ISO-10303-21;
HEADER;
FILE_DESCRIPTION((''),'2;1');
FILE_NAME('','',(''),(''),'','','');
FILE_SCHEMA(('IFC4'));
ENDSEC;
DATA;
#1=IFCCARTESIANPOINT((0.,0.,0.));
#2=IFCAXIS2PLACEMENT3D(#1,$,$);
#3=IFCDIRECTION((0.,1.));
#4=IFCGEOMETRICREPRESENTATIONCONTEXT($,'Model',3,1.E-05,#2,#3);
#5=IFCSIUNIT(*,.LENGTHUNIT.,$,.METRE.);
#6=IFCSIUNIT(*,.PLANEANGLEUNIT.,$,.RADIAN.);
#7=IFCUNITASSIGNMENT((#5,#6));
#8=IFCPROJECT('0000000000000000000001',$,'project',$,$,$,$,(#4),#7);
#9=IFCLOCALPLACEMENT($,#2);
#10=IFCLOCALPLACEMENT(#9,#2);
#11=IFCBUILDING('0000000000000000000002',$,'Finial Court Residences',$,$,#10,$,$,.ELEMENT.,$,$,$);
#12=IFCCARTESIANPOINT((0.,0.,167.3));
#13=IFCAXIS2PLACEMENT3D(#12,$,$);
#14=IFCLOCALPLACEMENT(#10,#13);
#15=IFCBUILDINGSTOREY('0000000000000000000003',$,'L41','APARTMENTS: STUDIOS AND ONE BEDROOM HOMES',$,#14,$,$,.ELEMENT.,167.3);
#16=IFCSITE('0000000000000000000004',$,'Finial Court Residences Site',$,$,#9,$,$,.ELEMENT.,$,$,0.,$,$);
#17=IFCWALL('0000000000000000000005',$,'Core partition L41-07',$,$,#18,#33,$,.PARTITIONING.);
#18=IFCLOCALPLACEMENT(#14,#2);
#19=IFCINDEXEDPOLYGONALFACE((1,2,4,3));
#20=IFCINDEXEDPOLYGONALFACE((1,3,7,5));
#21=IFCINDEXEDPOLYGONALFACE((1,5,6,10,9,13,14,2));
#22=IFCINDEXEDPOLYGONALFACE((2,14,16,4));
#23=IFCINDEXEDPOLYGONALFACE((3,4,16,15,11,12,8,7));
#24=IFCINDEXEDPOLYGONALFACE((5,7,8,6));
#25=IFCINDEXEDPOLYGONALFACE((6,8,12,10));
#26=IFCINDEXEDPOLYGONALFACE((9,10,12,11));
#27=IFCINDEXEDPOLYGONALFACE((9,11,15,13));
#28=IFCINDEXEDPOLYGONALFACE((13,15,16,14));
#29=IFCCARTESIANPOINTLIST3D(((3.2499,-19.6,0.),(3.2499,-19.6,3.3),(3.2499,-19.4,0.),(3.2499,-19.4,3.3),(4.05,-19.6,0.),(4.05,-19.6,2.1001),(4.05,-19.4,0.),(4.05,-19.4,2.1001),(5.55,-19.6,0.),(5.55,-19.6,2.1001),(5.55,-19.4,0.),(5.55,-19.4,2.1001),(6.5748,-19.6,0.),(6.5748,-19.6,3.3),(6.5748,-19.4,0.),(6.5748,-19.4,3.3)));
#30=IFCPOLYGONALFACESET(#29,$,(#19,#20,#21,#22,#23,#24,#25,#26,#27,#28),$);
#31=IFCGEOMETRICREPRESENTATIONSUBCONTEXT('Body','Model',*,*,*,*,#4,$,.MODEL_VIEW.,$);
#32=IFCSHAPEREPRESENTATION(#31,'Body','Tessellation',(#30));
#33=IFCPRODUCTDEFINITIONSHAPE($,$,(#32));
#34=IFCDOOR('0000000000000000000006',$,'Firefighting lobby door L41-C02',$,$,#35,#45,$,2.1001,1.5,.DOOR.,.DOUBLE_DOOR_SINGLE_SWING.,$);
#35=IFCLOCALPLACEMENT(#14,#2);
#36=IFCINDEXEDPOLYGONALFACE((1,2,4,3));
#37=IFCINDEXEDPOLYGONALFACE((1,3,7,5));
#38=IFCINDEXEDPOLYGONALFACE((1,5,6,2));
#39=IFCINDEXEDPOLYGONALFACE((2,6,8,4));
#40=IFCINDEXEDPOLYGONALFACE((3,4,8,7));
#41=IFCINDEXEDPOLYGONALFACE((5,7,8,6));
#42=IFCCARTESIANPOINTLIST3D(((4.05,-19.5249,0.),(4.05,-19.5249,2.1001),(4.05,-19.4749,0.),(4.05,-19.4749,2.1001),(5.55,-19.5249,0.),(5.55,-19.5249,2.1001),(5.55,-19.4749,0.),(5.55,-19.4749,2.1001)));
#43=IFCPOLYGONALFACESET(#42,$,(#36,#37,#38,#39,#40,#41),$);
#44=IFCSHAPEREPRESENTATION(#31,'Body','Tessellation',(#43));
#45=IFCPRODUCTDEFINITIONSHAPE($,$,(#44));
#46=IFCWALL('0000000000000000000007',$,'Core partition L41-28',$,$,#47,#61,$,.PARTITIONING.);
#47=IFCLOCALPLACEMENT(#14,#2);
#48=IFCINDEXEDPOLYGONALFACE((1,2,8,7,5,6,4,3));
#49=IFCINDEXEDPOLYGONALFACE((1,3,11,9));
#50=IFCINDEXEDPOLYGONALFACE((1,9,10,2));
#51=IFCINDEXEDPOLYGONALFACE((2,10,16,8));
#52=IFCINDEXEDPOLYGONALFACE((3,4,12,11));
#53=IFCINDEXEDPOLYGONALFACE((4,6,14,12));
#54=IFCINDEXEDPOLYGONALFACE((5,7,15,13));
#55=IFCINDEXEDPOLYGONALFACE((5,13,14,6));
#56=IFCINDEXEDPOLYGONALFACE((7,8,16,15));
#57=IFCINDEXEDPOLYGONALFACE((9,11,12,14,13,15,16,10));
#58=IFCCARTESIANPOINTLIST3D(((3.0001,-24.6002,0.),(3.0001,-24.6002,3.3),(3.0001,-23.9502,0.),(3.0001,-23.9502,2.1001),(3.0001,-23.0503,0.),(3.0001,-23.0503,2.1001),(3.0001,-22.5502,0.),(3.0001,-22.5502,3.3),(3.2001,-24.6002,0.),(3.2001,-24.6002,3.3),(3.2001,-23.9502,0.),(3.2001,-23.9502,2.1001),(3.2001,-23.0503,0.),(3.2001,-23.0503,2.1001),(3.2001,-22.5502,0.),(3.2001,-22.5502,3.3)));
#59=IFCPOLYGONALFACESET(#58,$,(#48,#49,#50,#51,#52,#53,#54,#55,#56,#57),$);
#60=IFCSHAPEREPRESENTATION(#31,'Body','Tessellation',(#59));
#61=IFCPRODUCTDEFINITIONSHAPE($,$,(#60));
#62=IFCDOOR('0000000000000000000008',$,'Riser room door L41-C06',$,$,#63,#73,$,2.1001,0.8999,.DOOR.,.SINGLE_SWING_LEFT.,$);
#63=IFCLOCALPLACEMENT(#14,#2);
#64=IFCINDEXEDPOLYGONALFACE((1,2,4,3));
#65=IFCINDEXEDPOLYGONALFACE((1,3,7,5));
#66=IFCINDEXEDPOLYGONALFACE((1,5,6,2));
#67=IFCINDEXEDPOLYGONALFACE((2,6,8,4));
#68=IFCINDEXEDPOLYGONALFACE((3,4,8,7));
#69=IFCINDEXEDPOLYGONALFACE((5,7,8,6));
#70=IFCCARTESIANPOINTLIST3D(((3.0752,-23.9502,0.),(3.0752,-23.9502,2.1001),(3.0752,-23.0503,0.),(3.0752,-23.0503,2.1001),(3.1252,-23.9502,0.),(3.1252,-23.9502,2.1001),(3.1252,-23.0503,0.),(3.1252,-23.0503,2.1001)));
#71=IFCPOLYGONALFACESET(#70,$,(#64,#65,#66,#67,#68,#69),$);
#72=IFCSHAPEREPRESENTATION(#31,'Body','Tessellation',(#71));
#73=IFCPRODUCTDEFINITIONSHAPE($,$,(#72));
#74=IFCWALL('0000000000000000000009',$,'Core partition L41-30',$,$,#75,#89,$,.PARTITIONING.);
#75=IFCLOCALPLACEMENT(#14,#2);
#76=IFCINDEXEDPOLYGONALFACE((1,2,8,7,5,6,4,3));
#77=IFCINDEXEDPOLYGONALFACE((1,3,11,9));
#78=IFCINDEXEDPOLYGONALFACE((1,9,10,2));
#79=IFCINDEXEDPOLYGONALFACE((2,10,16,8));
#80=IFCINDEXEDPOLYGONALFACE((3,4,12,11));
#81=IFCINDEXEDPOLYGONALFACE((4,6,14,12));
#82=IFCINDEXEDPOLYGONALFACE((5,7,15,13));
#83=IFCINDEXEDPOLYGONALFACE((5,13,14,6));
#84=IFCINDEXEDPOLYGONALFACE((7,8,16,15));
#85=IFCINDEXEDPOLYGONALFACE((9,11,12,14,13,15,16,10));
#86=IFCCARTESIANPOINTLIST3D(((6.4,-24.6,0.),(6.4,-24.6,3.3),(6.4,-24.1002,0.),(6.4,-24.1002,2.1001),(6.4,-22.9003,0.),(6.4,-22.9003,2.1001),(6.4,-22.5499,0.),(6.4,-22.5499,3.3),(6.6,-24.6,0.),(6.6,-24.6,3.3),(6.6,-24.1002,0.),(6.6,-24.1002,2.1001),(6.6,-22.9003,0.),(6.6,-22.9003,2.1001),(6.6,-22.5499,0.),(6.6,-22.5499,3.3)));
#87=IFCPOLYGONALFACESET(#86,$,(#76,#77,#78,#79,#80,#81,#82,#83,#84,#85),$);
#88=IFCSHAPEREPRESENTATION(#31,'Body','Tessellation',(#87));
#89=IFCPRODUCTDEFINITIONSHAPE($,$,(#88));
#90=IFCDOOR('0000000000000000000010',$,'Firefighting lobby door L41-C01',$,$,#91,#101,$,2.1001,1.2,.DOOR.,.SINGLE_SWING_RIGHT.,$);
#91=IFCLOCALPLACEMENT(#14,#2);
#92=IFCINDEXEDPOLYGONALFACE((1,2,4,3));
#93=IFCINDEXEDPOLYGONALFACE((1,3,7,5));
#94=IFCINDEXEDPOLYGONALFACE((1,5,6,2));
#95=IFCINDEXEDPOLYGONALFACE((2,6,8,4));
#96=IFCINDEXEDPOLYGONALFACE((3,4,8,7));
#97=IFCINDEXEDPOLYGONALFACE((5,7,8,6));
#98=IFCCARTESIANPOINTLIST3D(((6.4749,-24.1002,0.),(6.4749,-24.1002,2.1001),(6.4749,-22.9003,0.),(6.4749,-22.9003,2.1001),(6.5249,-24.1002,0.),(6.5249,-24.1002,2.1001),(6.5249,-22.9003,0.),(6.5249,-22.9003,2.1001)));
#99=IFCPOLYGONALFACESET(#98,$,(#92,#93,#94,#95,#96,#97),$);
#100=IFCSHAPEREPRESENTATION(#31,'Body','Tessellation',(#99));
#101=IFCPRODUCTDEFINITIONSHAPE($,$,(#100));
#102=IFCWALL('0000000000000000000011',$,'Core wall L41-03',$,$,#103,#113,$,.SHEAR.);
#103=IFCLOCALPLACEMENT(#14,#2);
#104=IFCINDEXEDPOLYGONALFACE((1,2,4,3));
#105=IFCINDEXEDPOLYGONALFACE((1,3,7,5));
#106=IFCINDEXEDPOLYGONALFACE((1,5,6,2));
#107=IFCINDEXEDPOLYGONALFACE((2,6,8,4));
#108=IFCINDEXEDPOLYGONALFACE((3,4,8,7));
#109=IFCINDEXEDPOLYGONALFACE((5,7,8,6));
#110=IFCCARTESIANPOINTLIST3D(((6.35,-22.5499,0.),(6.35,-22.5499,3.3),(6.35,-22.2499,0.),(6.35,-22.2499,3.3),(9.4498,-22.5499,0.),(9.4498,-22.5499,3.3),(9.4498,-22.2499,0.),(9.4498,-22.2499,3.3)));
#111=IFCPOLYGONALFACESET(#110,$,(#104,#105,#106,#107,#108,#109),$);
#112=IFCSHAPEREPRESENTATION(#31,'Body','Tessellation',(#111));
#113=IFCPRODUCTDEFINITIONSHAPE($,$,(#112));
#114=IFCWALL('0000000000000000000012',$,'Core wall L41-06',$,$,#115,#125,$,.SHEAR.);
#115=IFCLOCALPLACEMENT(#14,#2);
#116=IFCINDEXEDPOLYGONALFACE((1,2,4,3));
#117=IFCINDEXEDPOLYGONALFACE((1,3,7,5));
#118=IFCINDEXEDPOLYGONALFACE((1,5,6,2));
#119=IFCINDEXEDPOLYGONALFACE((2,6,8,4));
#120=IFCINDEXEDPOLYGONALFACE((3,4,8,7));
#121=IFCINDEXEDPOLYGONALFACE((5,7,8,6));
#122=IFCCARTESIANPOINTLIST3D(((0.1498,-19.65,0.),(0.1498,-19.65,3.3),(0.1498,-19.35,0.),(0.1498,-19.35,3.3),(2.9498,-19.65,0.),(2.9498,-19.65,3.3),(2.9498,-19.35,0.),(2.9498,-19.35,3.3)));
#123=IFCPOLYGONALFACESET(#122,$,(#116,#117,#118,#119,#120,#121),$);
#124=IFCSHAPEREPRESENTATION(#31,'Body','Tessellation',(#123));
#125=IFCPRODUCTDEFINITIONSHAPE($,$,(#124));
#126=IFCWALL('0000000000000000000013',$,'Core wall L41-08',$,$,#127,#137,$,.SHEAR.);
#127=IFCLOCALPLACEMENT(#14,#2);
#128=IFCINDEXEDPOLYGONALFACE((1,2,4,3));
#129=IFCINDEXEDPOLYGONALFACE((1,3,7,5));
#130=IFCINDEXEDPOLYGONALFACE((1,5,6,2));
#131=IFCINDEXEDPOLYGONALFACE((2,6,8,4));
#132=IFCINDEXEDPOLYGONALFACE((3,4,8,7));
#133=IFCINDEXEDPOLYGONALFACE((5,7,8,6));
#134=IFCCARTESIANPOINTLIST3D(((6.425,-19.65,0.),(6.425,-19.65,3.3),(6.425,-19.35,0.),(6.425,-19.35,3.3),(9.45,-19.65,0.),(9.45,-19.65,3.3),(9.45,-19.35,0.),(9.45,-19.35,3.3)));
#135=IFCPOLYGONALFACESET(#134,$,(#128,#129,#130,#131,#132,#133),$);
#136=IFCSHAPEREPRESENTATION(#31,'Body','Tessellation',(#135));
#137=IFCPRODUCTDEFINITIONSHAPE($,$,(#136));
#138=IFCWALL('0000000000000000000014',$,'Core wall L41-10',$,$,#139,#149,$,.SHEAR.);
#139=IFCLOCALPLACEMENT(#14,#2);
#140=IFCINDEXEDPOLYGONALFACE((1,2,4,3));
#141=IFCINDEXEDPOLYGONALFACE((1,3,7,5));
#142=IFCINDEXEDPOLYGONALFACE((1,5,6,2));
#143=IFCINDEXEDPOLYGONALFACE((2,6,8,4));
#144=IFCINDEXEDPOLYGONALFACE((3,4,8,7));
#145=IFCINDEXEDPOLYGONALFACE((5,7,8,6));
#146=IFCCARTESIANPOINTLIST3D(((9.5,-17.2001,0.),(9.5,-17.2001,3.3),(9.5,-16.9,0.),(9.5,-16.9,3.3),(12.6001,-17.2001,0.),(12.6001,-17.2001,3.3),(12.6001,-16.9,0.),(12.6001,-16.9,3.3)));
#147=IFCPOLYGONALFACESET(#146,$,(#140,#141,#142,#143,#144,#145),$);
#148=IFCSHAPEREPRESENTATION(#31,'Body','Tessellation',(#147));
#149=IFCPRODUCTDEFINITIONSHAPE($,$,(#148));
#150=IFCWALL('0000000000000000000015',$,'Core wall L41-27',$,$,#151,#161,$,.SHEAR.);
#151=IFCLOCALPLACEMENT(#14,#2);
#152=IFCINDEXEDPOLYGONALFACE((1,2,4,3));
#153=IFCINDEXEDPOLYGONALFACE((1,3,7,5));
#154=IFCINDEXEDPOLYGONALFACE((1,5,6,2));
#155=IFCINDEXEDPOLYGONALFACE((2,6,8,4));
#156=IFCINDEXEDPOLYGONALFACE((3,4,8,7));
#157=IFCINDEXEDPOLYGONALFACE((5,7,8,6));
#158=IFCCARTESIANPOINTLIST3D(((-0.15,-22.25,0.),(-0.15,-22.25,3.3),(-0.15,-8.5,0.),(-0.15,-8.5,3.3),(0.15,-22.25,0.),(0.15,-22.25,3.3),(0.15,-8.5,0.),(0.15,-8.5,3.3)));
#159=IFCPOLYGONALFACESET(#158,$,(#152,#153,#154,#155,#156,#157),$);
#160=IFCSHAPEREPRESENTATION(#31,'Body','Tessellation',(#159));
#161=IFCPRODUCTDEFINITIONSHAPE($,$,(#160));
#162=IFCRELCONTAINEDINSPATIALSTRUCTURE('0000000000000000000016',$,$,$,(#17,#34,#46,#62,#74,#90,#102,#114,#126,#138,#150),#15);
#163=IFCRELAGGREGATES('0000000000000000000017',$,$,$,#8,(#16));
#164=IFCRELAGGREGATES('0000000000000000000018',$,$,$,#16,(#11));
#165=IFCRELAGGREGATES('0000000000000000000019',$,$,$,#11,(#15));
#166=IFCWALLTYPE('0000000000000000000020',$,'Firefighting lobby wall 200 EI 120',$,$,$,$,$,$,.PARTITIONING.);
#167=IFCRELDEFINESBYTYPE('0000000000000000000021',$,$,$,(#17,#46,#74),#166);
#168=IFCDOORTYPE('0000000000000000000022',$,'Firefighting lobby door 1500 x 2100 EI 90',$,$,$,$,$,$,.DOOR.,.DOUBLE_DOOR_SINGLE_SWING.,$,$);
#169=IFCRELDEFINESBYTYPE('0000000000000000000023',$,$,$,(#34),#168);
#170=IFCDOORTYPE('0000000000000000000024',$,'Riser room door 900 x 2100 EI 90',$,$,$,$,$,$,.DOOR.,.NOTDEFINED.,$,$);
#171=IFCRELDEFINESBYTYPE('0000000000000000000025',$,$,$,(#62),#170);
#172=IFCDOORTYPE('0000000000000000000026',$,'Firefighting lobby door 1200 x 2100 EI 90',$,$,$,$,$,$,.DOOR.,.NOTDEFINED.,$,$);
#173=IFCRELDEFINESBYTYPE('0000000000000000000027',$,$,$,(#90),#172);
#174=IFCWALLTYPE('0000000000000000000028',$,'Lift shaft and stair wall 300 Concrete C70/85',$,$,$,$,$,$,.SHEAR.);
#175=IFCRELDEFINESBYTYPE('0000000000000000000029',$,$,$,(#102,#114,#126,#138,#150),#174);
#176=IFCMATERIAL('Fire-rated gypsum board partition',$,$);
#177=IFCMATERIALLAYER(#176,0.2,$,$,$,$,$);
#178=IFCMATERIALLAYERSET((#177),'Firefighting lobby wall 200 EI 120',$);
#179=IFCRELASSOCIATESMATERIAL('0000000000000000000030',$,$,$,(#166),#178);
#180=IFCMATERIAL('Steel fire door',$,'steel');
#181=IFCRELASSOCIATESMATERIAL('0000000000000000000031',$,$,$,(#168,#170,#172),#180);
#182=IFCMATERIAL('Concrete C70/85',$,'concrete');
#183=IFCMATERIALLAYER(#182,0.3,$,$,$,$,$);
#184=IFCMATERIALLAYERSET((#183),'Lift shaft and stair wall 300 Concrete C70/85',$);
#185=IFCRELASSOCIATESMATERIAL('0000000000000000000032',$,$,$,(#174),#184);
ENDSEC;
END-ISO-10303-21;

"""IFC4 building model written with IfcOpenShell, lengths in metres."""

from ifc_helpers import new_model, si_unit, direction, frame, frame_2d, origin, place, context, subcontext, project, spatial, rectangle, extrude, material, layer, layer_set, type_object, element, fill, save


model = new_model("IFC4")

# Units and contexts
model_context = context("Model", 3, precision=1e-05, world=origin(), true_north=direction((0.0, 1.0)))
body_context = subcontext(model_context, "Body", "Model", "MODEL_VIEW")
ifc_project = project(units=[si_unit("LENGTHUNIT", "METRE"), si_unit("PLANEANGLEUNIT", "RADIAN")], contexts=[model_context])

# Site, building, storey
site_placement = place(None, origin())
site = spatial("IfcSite", under=ifc_project, at=site_placement, Name="Finial Court Residences Site", CompositionType="ELEMENT", RefElevation=0.0)
building_placement = place(site_placement, origin())
building = spatial("IfcBuilding", under=site, at=building_placement, Name="Finial Court Residences", CompositionType="ELEMENT")
storey_placement = place(building_placement, frame((0.0, 0.0, 167.3)))
storey = spatial("IfcBuildingStorey", under=building, at=storey_placement, Name="L41", Description="APARTMENTS: STUDIOS AND ONE BEDROOM HOMES", CompositionType="ELEMENT", Elevation=167.3)

# Walls, openings, doors
ifc_material_1 = material(Name="Fire-rated gypsum board partition")
ifc_layer_1 = layer(ifc_material_1, 0.2)
ifc_layer_set_1 = layer_set([ifc_layer_1], Name="Firefighting lobby wall 200 EI 120")
wall_type_1 = type_object("IfcWallType", Name="Firefighting lobby wall 200 EI 120", PredefinedType="PARTITIONING", material=ifc_layer_set_1)
wall_1_placement = place(storey_placement, frame((6.575, -19.5, 0.0), z_axis=(0.0, 0.0, 1.0), x_axis=(-1.0, 0.0, 0.0)))
wall_1 = element("IfcWall", 1, at=wall_1_placement, inside=storey, type_object=wall_type_1, Name="Core partition L41-07", PredefinedType="PARTITIONING", context=body_context, shape_type="SweptSolid", body=[
    extrude(rectangle(XDim=3.325, YDim=0.2, at=frame_2d((1.6626, 0.0))), origin(), (0.0, 0.0, 1.0), 3.3),
])
opening_1_placement = place(wall_1_placement, frame((1.0249, 0.0, 0.0)))
opening_1 = element("IfcOpeningElement", 2, at=opening_1_placement, cuts=wall_1, PredefinedType="OPENING", context=body_context, shape_type="SweptSolid", body=[
    extrude(rectangle(XDim=1.5, YDim=2.1001, at=frame_2d((0.75, 1.05))), frame((0.0, 0.1099, 0.0), z_axis=(0.0, -1.0, 0.0), x_axis=(1.0, 0.0, 0.0)), (0.0, 0.0, 1.0), 0.22),
])
ifc_material_2 = material(Name="Steel fire door", Category="steel")
door_type_1 = type_object("IfcDoorType", Name="Firefighting lobby door 1500 x 2100 EI 90", OperationType="DOUBLE_DOOR_SINGLE_SWING", PredefinedType="DOOR", material=ifc_material_2)
door_1_placement = place(opening_1_placement, origin())
door_1 = element("IfcDoor", 3, at=door_1_placement, inside=storey, type_object=door_type_1, Name="Firefighting lobby door L41-C02", OperationType="DOUBLE_DOOR_SINGLE_SWING", OverallHeight=2.1001, OverallWidth=1.5, PredefinedType="DOOR", context=body_context, shape_type="SweptSolid", body=[
    extrude(rectangle(XDim=1.5, YDim=2.1001, at=frame_2d((0.75, 1.05))), frame((0.0, 0.0249, 0.0), z_axis=(0.0, -1.0, 0.0), x_axis=(1.0, 0.0, 0.0)), (0.0, 0.0, 1.0), 0.05),
])
fill(opening_1, door_1)
wall_2_placement = place(storey_placement, frame((3.1001, -24.6001, 0.0), z_axis=(0.0, 0.0, 1.0), x_axis=(0.0, 1.0, 0.0)))
wall_2 = element("IfcWall", 4, at=wall_2_placement, inside=storey, type_object=wall_type_1, Name="Core partition L41-28", PredefinedType="PARTITIONING", context=body_context, shape_type="SweptSolid", body=[
    extrude(rectangle(XDim=2.05, YDim=0.2, at=frame_2d((1.0249, 0.0))), origin(), (0.0, 0.0, 1.0), 3.3),
])
opening_2_placement = place(wall_2_placement, frame((0.6499, 0.0, 0.0)))
opening_2 = element("IfcOpeningElement", 5, at=opening_2_placement, cuts=wall_2, PredefinedType="OPENING", context=body_context, shape_type="SweptSolid", body=[
    extrude(rectangle(XDim=0.8999, YDim=2.1001, at=frame_2d((0.45, 1.05))), frame((0.0, 0.1099, 0.0), z_axis=(0.0, -1.0, 0.0), x_axis=(1.0, 0.0, 0.0)), (0.0, 0.0, 1.0), 0.22),
])
door_type_2 = type_object("IfcDoorType", Name="Riser room door 900 x 2100 EI 90", OperationType="NOTDEFINED", PredefinedType="DOOR", material=ifc_material_2)
door_2_placement = place(opening_2_placement, origin())
door_2 = element("IfcDoor", 6, at=door_2_placement, inside=storey, type_object=door_type_2, Name="Riser room door L41-C06", OperationType="SINGLE_SWING_LEFT", OverallHeight=2.1001, OverallWidth=0.8999, PredefinedType="DOOR", context=body_context, shape_type="SweptSolid", body=[
    extrude(rectangle(XDim=0.8999, YDim=2.1001, at=frame_2d((0.45, 1.05))), frame((0.0, 0.0249, 0.0), z_axis=(0.0, -1.0, 0.0), x_axis=(1.0, 0.0, 0.0)), (0.0, 0.0, 1.0), 0.05),
])
fill(opening_2, door_2)
wall_3_placement = place(storey_placement, frame((6.5, -22.55, 0.0), z_axis=(0.0, 0.0, 1.0), x_axis=(0.0, -1.0, 0.0)))
wall_3 = element("IfcWall", 7, at=wall_3_placement, inside=storey, type_object=wall_type_1, Name="Core partition L41-30", PredefinedType="PARTITIONING", context=body_context, shape_type="SweptSolid", body=[
    extrude(rectangle(XDim=2.05, YDim=0.2, at=frame_2d((1.0249, 0.0))), origin(), (0.0, 0.0, 1.0), 3.3),
])
opening_3_placement = place(wall_3_placement, frame((0.3501, 0.0, 0.0)))
opening_3 = element("IfcOpeningElement", 8, at=opening_3_placement, cuts=wall_3, PredefinedType="OPENING", context=body_context, shape_type="SweptSolid", body=[
    extrude(rectangle(XDim=1.2, YDim=2.1001, at=frame_2d((0.6001, 1.05))), frame((0.0, 0.1099, 0.0), z_axis=(0.0, -1.0, 0.0), x_axis=(1.0, 0.0, 0.0)), (0.0, 0.0, 1.0), 0.22),
])
door_type_3 = type_object("IfcDoorType", Name="Firefighting lobby door 1200 x 2100 EI 90", OperationType="NOTDEFINED", PredefinedType="DOOR", material=ifc_material_2)
door_3_placement = place(opening_3_placement, origin())
door_3 = element("IfcDoor", 9, at=door_3_placement, inside=storey, type_object=door_type_3, Name="Firefighting lobby door L41-C01", OperationType="SINGLE_SWING_RIGHT", OverallHeight=2.1001, OverallWidth=1.2, PredefinedType="DOOR", context=body_context, shape_type="SweptSolid", body=[
    extrude(rectangle(XDim=1.2, YDim=2.1001, at=frame_2d((0.6001, 1.05))), frame((0.0, 0.0249, 0.0), z_axis=(0.0, -1.0, 0.0), x_axis=(1.0, 0.0, 0.0)), (0.0, 0.0, 1.0), 0.05),
])
fill(opening_3, door_3)

# Walls
ifc_material_3 = material(Name="Concrete C70/85", Category="concrete")
ifc_layer_2 = layer(ifc_material_3, 0.3)
ifc_layer_set_2 = layer_set([ifc_layer_2], Name="Lift shaft and stair wall 300 Concrete C70/85")
wall_type_2 = type_object("IfcWallType", Name="Lift shaft and stair wall 300 Concrete C70/85", PredefinedType="SHEAR", material=ifc_layer_set_2)
wall_4_placement = place(storey_placement, frame((6.3501, -22.3999, 0.0), z_axis=(0.0, 0.0, 1.0), x_axis=(1.0, 0.0, 0.0)))
element("IfcWall", 10, at=wall_4_placement, inside=storey, type_object=wall_type_2, Name="Core wall L41-03", PredefinedType="SHEAR", context=body_context, shape_type="SweptSolid", body=[
    extrude(rectangle(XDim=3.0999, YDim=0.3, at=frame_2d((1.5498, 0.0))), origin(), (0.0, 0.0, 1.0), 3.3),
])
wall_5_placement = place(storey_placement, frame((0.1499, -19.5, 0.0), z_axis=(0.0, 0.0, 1.0), x_axis=(1.0, 0.0, 0.0)))
element("IfcWall", 11, at=wall_5_placement, inside=storey, type_object=wall_type_2, Name="Core wall L41-06", PredefinedType="SHEAR", context=body_context, shape_type="SweptSolid", body=[
    extrude(rectangle(XDim=2.8, YDim=0.3, at=frame_2d((1.3999, 0.0))), origin(), (0.0, 0.0, 1.0), 3.3),
])
wall_6_placement = place(storey_placement, frame((6.425, -19.5, 0.0), z_axis=(0.0, 0.0, 1.0), x_axis=(1.0, 0.0, 0.0)))
element("IfcWall", 12, at=wall_6_placement, inside=storey, type_object=wall_type_2, Name="Core wall L41-08", PredefinedType="SHEAR", context=body_context, shape_type="SweptSolid", body=[
    extrude(rectangle(XDim=3.0249, YDim=0.3, at=frame_2d((1.5125, 0.0))), origin(), (0.0, 0.0, 1.0), 3.3),
])
wall_7_placement = place(storey_placement, frame((9.5, -17.05, 0.0), z_axis=(0.0, 0.0, 1.0), x_axis=(1.0, 0.0, 0.0)))
element("IfcWall", 13, at=wall_7_placement, inside=storey, type_object=wall_type_2, Name="Core wall L41-10", PredefinedType="SHEAR", context=body_context, shape_type="SweptSolid", body=[
    extrude(rectangle(XDim=3.1001, YDim=0.3, at=frame_2d((1.55, 0.0))), origin(), (0.0, 0.0, 1.0), 3.3),
])
wall_8_placement = place(storey_placement, frame((0.0, -22.25, 0.0), z_axis=(0.0, 0.0, 1.0), x_axis=(0.0, 1.0, 0.0)))
element("IfcWall", 14, at=wall_8_placement, inside=storey, type_object=wall_type_2, Name="Core wall L41-27", PredefinedType="SHEAR", context=body_context, shape_type="SweptSolid", body=[
    extrude(rectangle(XDim=13.75, YDim=0.3, at=frame_2d((6.875, 0.0))), origin(), (0.0, 0.0, 1.0), 3.3),
])

save(model, "model.ifc")
